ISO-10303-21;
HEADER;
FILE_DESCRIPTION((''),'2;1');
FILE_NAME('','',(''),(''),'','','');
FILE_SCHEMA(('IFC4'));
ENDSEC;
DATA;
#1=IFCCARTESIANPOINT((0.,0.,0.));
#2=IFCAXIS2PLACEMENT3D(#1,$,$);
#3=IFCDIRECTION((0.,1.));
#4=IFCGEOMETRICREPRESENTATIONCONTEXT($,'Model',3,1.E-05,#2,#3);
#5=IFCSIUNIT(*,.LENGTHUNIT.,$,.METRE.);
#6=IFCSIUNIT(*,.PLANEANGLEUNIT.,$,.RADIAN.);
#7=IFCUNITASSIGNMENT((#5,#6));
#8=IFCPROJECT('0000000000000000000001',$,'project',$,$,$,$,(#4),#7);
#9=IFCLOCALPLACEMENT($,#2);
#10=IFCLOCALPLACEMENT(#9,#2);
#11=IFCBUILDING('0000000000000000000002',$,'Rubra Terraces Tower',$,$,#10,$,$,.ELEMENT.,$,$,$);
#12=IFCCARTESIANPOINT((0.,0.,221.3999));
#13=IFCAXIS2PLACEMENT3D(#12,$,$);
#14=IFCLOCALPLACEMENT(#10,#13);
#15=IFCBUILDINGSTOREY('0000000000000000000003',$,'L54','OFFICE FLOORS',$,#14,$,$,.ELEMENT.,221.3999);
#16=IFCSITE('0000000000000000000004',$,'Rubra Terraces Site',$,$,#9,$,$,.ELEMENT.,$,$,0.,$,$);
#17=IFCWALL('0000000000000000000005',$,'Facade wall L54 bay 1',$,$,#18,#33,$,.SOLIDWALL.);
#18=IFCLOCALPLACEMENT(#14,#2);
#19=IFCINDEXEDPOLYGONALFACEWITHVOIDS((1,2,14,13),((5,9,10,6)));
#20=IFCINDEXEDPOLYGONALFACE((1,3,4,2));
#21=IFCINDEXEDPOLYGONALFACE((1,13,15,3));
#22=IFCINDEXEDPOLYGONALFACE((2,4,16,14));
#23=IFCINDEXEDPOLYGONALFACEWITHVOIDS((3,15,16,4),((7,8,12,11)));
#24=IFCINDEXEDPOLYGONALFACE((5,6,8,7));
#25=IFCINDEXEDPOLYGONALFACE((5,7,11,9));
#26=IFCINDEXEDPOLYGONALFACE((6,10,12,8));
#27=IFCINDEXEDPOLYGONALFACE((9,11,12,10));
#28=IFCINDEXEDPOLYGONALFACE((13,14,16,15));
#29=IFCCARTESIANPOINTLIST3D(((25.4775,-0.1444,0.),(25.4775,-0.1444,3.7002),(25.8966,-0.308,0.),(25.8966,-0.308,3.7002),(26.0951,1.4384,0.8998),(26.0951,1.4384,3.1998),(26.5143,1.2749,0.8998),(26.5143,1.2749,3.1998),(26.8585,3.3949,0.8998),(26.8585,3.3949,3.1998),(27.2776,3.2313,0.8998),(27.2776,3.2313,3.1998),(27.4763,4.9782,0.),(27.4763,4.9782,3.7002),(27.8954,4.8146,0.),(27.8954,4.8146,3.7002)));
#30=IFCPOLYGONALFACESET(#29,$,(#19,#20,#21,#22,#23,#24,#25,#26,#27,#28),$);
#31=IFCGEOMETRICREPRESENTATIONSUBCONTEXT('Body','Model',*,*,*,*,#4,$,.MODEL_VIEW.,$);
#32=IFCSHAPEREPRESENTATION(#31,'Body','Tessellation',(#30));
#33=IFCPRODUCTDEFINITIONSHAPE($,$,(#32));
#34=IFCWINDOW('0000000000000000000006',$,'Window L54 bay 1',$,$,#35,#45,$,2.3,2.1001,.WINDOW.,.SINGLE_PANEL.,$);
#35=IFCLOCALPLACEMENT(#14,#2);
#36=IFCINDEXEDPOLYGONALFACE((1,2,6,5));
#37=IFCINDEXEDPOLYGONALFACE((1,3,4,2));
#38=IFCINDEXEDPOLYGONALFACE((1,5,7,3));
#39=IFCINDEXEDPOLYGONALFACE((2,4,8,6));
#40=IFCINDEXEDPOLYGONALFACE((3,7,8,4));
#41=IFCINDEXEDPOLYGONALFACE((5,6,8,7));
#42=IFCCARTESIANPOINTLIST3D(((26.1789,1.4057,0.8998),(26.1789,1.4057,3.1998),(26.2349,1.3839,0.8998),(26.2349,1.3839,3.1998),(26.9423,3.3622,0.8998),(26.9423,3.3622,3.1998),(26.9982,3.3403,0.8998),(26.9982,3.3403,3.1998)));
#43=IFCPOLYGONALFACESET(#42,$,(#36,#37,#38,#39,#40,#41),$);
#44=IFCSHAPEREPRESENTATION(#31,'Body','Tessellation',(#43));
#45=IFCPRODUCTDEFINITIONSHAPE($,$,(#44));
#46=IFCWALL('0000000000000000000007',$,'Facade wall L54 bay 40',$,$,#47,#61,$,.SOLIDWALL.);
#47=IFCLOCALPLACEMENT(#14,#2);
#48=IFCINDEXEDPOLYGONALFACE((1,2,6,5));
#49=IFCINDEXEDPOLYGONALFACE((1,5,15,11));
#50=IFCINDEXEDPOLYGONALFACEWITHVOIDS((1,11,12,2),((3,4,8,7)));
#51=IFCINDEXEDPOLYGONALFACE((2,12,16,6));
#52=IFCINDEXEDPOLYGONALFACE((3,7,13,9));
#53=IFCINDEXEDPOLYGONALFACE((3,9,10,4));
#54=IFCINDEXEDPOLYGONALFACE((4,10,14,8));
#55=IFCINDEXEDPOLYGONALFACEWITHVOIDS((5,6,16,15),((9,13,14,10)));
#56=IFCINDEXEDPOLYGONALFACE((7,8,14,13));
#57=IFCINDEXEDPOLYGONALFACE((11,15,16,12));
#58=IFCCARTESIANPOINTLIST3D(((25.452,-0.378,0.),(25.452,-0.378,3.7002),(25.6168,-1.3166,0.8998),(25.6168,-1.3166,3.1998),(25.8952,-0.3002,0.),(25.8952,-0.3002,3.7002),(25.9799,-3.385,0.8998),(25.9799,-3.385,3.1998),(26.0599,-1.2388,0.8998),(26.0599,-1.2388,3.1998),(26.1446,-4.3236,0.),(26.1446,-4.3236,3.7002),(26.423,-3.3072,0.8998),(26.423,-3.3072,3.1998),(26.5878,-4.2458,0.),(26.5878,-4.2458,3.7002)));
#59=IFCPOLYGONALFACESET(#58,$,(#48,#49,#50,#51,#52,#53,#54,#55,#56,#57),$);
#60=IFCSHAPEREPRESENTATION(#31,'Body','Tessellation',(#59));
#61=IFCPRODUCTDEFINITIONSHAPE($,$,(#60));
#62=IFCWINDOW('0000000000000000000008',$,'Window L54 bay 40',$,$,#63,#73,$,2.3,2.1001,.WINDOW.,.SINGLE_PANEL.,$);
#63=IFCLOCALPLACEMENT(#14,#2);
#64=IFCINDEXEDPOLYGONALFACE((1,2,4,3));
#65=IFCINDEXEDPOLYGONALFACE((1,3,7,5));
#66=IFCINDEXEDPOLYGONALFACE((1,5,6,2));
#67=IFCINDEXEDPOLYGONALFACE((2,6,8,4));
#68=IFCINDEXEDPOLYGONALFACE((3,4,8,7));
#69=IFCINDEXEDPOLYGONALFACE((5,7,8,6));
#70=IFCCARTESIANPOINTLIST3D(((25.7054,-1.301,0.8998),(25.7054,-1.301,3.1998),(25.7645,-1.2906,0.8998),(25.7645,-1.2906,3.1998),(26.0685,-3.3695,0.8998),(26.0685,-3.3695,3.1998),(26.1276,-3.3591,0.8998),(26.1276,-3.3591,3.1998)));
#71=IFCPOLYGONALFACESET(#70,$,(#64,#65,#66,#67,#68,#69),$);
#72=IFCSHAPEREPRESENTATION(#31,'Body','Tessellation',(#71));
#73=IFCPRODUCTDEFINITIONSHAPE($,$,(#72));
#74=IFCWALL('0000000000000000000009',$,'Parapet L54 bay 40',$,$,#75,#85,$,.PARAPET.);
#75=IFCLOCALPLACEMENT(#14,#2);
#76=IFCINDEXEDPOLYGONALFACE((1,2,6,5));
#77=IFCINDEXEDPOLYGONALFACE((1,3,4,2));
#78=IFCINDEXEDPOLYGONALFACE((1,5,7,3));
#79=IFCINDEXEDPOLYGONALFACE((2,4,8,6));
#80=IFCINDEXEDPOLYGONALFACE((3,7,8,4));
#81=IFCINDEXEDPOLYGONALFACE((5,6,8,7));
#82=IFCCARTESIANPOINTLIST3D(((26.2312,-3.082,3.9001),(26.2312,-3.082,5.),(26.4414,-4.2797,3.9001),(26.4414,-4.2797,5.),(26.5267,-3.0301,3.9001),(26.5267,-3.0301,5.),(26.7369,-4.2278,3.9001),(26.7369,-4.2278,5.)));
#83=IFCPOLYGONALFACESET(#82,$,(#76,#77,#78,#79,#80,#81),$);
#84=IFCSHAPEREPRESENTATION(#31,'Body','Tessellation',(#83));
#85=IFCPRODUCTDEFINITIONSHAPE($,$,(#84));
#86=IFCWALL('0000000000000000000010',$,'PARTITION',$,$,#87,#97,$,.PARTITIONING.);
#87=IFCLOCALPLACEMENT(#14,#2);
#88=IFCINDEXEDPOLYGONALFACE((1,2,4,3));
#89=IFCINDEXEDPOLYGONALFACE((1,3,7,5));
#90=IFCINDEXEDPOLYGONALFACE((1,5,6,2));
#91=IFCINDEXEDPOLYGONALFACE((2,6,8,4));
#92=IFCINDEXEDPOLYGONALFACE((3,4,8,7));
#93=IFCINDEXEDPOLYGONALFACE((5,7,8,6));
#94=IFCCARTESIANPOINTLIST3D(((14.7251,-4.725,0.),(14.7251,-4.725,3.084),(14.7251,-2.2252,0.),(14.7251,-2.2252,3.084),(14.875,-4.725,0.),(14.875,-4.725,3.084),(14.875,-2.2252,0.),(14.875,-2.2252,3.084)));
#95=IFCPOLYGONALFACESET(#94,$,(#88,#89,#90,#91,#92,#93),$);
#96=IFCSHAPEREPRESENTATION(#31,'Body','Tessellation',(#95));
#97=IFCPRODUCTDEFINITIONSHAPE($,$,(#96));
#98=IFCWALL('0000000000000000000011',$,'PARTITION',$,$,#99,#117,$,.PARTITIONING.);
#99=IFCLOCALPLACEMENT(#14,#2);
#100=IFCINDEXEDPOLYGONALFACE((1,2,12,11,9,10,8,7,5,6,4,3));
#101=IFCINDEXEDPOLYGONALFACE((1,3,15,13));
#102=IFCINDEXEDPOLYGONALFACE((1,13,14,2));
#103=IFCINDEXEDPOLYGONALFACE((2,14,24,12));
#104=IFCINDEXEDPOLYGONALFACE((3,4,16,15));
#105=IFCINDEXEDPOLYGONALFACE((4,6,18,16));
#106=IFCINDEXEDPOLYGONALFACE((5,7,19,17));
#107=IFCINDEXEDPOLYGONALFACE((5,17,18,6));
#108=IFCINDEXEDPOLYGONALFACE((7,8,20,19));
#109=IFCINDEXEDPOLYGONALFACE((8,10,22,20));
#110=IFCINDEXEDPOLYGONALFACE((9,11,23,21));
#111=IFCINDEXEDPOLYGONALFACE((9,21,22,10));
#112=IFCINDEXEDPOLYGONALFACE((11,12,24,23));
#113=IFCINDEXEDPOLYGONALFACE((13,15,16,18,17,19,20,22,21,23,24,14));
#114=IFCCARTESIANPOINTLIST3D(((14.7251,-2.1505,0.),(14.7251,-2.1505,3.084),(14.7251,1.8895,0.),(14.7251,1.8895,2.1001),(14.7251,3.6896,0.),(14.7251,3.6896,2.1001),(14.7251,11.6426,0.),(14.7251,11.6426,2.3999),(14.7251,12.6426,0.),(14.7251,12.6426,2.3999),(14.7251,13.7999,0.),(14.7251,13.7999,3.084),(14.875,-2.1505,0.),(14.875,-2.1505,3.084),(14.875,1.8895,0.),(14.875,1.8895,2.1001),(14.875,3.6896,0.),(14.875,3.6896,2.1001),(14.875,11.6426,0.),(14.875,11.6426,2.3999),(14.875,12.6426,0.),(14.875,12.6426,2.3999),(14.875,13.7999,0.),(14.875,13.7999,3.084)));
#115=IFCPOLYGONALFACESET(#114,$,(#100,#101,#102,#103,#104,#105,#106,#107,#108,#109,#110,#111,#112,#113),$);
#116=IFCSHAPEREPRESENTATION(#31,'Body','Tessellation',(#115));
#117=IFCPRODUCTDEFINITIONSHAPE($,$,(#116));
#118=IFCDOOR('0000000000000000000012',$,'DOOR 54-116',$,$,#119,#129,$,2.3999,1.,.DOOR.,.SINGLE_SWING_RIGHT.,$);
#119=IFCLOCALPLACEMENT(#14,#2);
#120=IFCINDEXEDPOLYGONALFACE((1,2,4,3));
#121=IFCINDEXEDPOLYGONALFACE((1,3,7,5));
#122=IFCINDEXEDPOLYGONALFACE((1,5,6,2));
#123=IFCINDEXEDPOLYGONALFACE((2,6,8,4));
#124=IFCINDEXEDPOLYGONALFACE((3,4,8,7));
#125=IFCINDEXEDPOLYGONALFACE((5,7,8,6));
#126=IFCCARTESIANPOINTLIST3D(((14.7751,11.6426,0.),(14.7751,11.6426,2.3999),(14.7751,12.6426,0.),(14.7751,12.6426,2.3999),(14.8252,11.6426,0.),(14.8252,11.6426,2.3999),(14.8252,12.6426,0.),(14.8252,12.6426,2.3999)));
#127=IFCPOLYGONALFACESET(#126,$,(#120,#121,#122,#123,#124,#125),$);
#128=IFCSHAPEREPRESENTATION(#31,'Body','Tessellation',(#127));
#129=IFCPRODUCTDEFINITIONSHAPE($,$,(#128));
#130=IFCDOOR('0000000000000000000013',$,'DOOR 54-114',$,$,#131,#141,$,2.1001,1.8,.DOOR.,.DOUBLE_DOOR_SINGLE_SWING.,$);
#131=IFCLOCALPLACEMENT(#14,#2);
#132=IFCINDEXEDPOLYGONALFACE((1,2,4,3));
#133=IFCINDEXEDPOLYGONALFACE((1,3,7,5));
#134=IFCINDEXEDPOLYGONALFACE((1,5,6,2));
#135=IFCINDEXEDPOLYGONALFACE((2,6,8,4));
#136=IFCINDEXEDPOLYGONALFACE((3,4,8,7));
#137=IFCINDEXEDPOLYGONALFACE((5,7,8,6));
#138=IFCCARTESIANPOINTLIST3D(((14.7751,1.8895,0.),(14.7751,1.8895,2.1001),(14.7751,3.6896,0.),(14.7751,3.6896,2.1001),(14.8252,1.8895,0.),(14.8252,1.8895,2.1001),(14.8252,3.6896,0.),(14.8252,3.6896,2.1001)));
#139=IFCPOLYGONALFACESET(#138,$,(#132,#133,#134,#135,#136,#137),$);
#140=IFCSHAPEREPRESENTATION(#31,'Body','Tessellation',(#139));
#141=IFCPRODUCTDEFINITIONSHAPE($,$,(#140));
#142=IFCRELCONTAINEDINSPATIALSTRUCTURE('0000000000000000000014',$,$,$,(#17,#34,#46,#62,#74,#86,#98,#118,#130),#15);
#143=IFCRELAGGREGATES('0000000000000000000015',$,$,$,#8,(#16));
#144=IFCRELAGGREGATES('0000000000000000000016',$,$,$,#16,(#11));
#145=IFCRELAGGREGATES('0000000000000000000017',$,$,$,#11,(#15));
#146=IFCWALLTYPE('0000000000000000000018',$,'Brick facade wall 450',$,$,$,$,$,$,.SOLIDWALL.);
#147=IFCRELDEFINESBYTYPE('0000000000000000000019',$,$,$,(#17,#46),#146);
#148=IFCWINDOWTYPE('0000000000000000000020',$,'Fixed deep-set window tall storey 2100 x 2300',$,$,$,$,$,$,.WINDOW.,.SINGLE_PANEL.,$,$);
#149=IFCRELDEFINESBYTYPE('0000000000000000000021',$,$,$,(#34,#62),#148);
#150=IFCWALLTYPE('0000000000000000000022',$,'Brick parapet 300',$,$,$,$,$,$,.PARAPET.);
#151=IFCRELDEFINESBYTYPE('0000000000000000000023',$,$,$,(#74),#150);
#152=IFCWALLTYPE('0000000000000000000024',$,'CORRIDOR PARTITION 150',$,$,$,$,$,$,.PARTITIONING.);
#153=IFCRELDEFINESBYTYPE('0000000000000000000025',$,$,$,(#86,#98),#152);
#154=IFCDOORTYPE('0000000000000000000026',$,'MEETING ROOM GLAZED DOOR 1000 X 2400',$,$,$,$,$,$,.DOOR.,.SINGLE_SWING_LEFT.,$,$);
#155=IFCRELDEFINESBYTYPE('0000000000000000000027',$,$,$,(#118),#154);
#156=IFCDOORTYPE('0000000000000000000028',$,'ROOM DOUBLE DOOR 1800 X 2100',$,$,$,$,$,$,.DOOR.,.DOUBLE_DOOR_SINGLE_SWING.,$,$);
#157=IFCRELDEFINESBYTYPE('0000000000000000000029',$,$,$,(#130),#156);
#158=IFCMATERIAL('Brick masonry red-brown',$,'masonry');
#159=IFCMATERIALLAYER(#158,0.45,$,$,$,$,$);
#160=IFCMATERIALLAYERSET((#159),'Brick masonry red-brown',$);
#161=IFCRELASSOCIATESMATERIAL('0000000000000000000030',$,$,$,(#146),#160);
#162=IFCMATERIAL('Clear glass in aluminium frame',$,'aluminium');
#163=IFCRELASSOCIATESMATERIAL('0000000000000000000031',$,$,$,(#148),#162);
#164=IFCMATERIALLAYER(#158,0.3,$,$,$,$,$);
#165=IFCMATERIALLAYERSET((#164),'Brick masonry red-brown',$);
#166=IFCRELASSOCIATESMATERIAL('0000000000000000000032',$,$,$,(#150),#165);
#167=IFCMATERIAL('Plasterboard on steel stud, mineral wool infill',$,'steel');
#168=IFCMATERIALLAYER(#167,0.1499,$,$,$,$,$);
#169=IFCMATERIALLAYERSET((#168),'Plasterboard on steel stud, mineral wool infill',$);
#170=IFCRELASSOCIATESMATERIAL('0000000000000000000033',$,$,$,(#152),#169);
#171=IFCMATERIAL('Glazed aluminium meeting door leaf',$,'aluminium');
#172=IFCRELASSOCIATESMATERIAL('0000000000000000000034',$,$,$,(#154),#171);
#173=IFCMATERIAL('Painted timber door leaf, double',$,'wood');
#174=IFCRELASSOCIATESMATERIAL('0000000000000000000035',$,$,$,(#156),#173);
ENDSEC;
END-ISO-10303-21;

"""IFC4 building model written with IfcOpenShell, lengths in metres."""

from ifc_helpers import new_model, si_unit, direction, frame, frame_2d, origin, place, context, subcontext, project, spatial, rectangle, extrude, material, layer, layer_set, type_object, element, fill, save


model = new_model("IFC4")

# Units and contexts
model_context = context("Model", 3, precision=1e-05, world=origin(), true_north=direction((0.0, 1.0)))
body_context = subcontext(model_context, "Body", "Model", "MODEL_VIEW")
ifc_project = project(units=[si_unit("LENGTHUNIT", "METRE"), si_unit("PLANEANGLEUNIT", "RADIAN")], contexts=[model_context])

# Site, building, storey
site_placement = place(None, origin())
site = spatial("IfcSite", under=ifc_project, at=site_placement, Name="Rubra Terraces Site", CompositionType="ELEMENT", RefElevation=0.0)
building_placement = place(site_placement, origin())
building = spatial("IfcBuilding", under=site, at=building_placement, Name="Rubra Terraces Tower", CompositionType="ELEMENT")
storey_placement = place(building_placement, frame((0.0, 0.0, 221.3999)))
storey = spatial("IfcBuildingStorey", under=building, at=storey_placement, Name="L54", Description="OFFICE FLOORS", CompositionType="ELEMENT", Elevation=221.3999)

# Walls, openings, windows
ifc_material_1 = material(Name="Brick masonry red-brown", Category="masonry")
ifc_layer_1 = layer(ifc_material_1, 0.45)
ifc_layer_set_1 = layer_set([ifc_layer_1], Name="Brick masonry red-brown")
wall_type_1 = type_object("IfcWallType", Name="Brick facade wall 450", PredefinedType="SOLIDWALL", material=ifc_layer_set_1)
wall_1_placement = place(storey_placement, frame((25.687, -0.2263, 0.0), z_axis=(0.0, 0.0, 1.0), x_axis=(0.3635, 0.931594, 0.0)))
wall_1 = element("IfcWall", 1, at=wall_1_placement, inside=storey, type_object=wall_type_1, Name="Facade wall L54 bay 1", PredefinedType="SOLIDWALL", context=body_context, shape_type="SweptSolid", body=[
    extrude(rectangle(XDim=5.4988, YDim=0.45, at=frame_2d((2.7495, 0.0))), origin(), (0.0, 0.0, 1.0), 3.7002),
])
opening_1_placement = place(wall_1_placement, frame((1.6992, 0.0, 0.8999)))
opening_1 = element("IfcOpeningElement", 2, at=opening_1_placement, cuts=wall_1, PredefinedType="OPENING", context=body_context, shape_type="SweptSolid", body=[
    extrude(rectangle(XDim=2.1001, YDim=2.3, at=frame_2d((1.05, 1.1499))), frame((0.0, 0.2349, 0.0), z_axis=(0.0, -1.0, 0.0), x_axis=(1.0, 0.0, 0.0)), (0.0, 0.0, 1.0), 0.47),
])
ifc_material_2 = material(Name="Clear glass in aluminium frame", Category="aluminium")
window_type = type_object("IfcWindowType", Name="Fixed deep-set window tall storey 2100 x 2300", PartitioningType="SINGLE_PANEL", PredefinedType="WINDOW", material=ifc_material_2)
window_1_placement = place(opening_1_placement, origin())
window_1 = element("IfcWindow", 3, at=window_1_placement, inside=storey, type_object=window_type, Name="Window L54 bay 1", OverallHeight=2.3, OverallWidth=2.1001, PartitioningType="SINGLE_PANEL", PredefinedType="WINDOW", context=body_context, shape_type="SweptSolid", body=[
    extrude(rectangle(XDim=2.1001, YDim=2.3, at=frame_2d((1.05, 1.1499))), frame((0.0, 0.135, 0.0), z_axis=(0.0, -1.0, 0.0), x_axis=(1.0, 0.0, 0.0)), (0.0, 0.0, 1.0), 0.0601),
])
fill(opening_1, window_1)
wall_2_placement = place(storey_placement, frame((26.3662, -4.2847, 0.0), z_axis=(0.0, 0.0, 1.0), x_axis=(-0.172902, 0.984939, 0.0)))
wall_2 = element("IfcWall", 4, at=wall_2_placement, inside=storey, type_object=wall_type_1, Name="Facade wall L54 bay 40", PredefinedType="SOLIDWALL", context=body_context, shape_type="SweptSolid", body=[
    extrude(rectangle(XDim=4.0059, YDim=0.45, at=frame_2d((2.0029, 0.0))), origin(), (0.0, 0.0, 1.0), 3.7002),
])
opening_2_placement = place(wall_2_placement, frame((0.9529, 0.0, 0.8999)))
opening_2 = element("IfcOpeningElement", 5, at=opening_2_placement, cuts=wall_2, PredefinedType="OPENING", context=body_context, shape_type="SweptSolid", body=[
    extrude(rectangle(XDim=2.1001, YDim=2.3, at=frame_2d((1.05, 1.1499))), frame((0.0, 0.2349, 0.0), z_axis=(0.0, -1.0, 0.0), x_axis=(1.0, 0.0, 0.0)), (0.0, 0.0, 1.0), 0.47),
])
window_2_placement = place(opening_2_placement, origin())
window_2 = element("IfcWindow", 6, at=window_2_placement, inside=storey, type_object=window_type, Name="Window L54 bay 40", OverallHeight=2.3, OverallWidth=2.1001, PartitioningType="SINGLE_PANEL", PredefinedType="WINDOW", context=body_context, shape_type="SweptSolid", body=[
    extrude(rectangle(XDim=2.1001, YDim=2.3, at=frame_2d((1.05, 1.1499))), frame((0.0, 0.135, 0.0), z_axis=(0.0, -1.0, 0.0), x_axis=(1.0, 0.0, 0.0)), (0.0, 0.0, 1.0), 0.0601),
])
fill(opening_2, window_2)

# Walls
ifc_layer_2 = layer(ifc_material_1, 0.3)
ifc_layer_set_2 = layer_set([ifc_layer_2], Name="Brick masonry red-brown")
wall_type_2 = type_object("IfcWallType", Name="Brick parapet 300", PredefinedType="PARAPET", material=ifc_layer_set_2)
wall_3_placement = place(storey_placement, frame((26.5891, -4.2537, 3.9001), z_axis=(0.0, 0.0, 1.0), x_axis=(-0.172858, 0.984947, 0.0)))
element("IfcWall", 7, at=wall_3_placement, inside=storey, type_object=wall_type_2, Name="Parapet L54 bay 40", PredefinedType="PARAPET", context=body_context, shape_type="SweptSolid", body=[
    extrude(rectangle(XDim=1.2161, YDim=0.3, at=frame_2d((0.6079, 0.0))), origin(), (0.0, 0.0, 1.0), 1.0999),
])
ifc_material_3 = material(Name="Plasterboard on steel stud, mineral wool infill", Category="steel")
ifc_layer_3 = layer(ifc_material_3, 0.1499)
ifc_layer_set_3 = layer_set([ifc_layer_3], Name="Plasterboard on steel stud, mineral wool infill")
wall_type_3 = type_object("IfcWallType", Name="CORRIDOR PARTITION 150", PredefinedType="PARTITIONING", material=ifc_layer_set_3)
wall_4_placement = place(storey_placement, frame((14.8, -4.7251, 0.0), z_axis=(0.0, 0.0, 1.0), x_axis=(0.0, 1.0, 0.0)))
element("IfcWall", 8, at=wall_4_placement, inside=storey, type_object=wall_type_3, Name="PARTITION", PredefinedType="PARTITIONING", context=body_context, shape_type="SweptSolid", body=[
    extrude(rectangle(XDim=2.4998, YDim=0.1499, at=frame_2d((1.25, 0.0))), origin(), (0.0, 0.0, 1.0), 3.084),
])

# Wall, openings, doors
wall_5_placement = place(storey_placement, frame((14.8, -2.1504, 0.0), z_axis=(0.0, 0.0, 1.0), x_axis=(0.0, 1.0, 0.0)))
wall_5 = element("IfcWall", 9, at=wall_5_placement, inside=storey, type_object=wall_type_3, Name="PARTITION", PredefinedType="PARTITIONING", context=body_context, shape_type="SweptSolid", body=[
    extrude(rectangle(XDim=15.9504, YDim=0.1499, at=frame_2d((7.9751, 0.0))), origin(), (0.0, 0.0, 1.0), 3.084),
])
opening_3_placement = place(wall_5_placement, frame((4.04, 0.0, 0.0)))
opening_3 = element("IfcOpeningElement", 10, at=opening_3_placement, cuts=wall_5, PredefinedType="OPENING", context=body_context, shape_type="SweptSolid", body=[
    extrude(rectangle(XDim=1.8, YDim=2.1001, at=frame_2d((0.8999, 1.05))), frame((0.0, 0.085, 0.0), z_axis=(0.0, -1.0, 0.0), x_axis=(1.0, 0.0, 0.0)), (0.0, 0.0, 1.0), 0.1699),
])
opening_4_placement = place(wall_5_placement, frame((13.793, 0.0, 0.0)))
opening_4 = element("IfcOpeningElement", 11, at=opening_4_placement, cuts=wall_5, PredefinedType="OPENING", context=body_context, shape_type="SweptSolid", body=[
    extrude(rectangle(XDim=1.0, YDim=2.3999, at=frame_2d((0.5, 1.2))), frame((0.0, 0.085, 0.0), z_axis=(0.0, -1.0, 0.0), x_axis=(1.0, 0.0, 0.0)), (0.0, 0.0, 1.0), 0.1699),
])
ifc_material_4 = material(Name="Glazed aluminium meeting door leaf", Category="aluminium")
door_type_1 = type_object("IfcDoorType", Name="MEETING ROOM GLAZED DOOR 1000 X 2400", OperationType="SINGLE_SWING_LEFT", PredefinedType="DOOR", material=ifc_material_4)
door_1_placement = place(opening_4_placement, origin())
door_1 = element("IfcDoor", 12, at=door_1_placement, inside=storey, type_object=door_type_1, Name="DOOR 54-116", OperationType="SINGLE_SWING_RIGHT", OverallHeight=2.3999, OverallWidth=1.0, PredefinedType="DOOR", context=body_context, shape_type="SweptSolid", body=[
    extrude(rectangle(XDim=1.0, YDim=2.3999, at=frame_2d((0.5, 1.2))), frame((0.0, 0.0249, 0.0), z_axis=(0.0, -1.0, 0.0), x_axis=(1.0, 0.0, 0.0)), (0.0, 0.0, 1.0), 0.05),
])
fill(opening_4, door_1)
ifc_material_5 = material(Name="Painted timber door leaf, double", Category="wood")
door_type_2 = type_object("IfcDoorType", Name="ROOM DOUBLE DOOR 1800 X 2100", OperationType="DOUBLE_DOOR_SINGLE_SWING", PredefinedType="DOOR", material=ifc_material_5)
door_2_placement = place(opening_3_placement, origin())
door_2 = element("IfcDoor", 13, at=door_2_placement, inside=storey, type_object=door_type_2, Name="DOOR 54-114", OperationType="DOUBLE_DOOR_SINGLE_SWING", OverallHeight=2.1001, OverallWidth=1.8, PredefinedType="DOOR", context=body_context, shape_type="SweptSolid", body=[
    extrude(rectangle(XDim=1.8, YDim=2.1001, at=frame_2d((0.8999, 1.05))), frame((0.0, 0.0249, 0.0), z_axis=(0.0, -1.0, 0.0), x_axis=(1.0, 0.0, 0.0)), (0.0, 0.0, 1.0), 0.05),
])
fill(opening_3, door_2)

save(model, "model.ifc")
